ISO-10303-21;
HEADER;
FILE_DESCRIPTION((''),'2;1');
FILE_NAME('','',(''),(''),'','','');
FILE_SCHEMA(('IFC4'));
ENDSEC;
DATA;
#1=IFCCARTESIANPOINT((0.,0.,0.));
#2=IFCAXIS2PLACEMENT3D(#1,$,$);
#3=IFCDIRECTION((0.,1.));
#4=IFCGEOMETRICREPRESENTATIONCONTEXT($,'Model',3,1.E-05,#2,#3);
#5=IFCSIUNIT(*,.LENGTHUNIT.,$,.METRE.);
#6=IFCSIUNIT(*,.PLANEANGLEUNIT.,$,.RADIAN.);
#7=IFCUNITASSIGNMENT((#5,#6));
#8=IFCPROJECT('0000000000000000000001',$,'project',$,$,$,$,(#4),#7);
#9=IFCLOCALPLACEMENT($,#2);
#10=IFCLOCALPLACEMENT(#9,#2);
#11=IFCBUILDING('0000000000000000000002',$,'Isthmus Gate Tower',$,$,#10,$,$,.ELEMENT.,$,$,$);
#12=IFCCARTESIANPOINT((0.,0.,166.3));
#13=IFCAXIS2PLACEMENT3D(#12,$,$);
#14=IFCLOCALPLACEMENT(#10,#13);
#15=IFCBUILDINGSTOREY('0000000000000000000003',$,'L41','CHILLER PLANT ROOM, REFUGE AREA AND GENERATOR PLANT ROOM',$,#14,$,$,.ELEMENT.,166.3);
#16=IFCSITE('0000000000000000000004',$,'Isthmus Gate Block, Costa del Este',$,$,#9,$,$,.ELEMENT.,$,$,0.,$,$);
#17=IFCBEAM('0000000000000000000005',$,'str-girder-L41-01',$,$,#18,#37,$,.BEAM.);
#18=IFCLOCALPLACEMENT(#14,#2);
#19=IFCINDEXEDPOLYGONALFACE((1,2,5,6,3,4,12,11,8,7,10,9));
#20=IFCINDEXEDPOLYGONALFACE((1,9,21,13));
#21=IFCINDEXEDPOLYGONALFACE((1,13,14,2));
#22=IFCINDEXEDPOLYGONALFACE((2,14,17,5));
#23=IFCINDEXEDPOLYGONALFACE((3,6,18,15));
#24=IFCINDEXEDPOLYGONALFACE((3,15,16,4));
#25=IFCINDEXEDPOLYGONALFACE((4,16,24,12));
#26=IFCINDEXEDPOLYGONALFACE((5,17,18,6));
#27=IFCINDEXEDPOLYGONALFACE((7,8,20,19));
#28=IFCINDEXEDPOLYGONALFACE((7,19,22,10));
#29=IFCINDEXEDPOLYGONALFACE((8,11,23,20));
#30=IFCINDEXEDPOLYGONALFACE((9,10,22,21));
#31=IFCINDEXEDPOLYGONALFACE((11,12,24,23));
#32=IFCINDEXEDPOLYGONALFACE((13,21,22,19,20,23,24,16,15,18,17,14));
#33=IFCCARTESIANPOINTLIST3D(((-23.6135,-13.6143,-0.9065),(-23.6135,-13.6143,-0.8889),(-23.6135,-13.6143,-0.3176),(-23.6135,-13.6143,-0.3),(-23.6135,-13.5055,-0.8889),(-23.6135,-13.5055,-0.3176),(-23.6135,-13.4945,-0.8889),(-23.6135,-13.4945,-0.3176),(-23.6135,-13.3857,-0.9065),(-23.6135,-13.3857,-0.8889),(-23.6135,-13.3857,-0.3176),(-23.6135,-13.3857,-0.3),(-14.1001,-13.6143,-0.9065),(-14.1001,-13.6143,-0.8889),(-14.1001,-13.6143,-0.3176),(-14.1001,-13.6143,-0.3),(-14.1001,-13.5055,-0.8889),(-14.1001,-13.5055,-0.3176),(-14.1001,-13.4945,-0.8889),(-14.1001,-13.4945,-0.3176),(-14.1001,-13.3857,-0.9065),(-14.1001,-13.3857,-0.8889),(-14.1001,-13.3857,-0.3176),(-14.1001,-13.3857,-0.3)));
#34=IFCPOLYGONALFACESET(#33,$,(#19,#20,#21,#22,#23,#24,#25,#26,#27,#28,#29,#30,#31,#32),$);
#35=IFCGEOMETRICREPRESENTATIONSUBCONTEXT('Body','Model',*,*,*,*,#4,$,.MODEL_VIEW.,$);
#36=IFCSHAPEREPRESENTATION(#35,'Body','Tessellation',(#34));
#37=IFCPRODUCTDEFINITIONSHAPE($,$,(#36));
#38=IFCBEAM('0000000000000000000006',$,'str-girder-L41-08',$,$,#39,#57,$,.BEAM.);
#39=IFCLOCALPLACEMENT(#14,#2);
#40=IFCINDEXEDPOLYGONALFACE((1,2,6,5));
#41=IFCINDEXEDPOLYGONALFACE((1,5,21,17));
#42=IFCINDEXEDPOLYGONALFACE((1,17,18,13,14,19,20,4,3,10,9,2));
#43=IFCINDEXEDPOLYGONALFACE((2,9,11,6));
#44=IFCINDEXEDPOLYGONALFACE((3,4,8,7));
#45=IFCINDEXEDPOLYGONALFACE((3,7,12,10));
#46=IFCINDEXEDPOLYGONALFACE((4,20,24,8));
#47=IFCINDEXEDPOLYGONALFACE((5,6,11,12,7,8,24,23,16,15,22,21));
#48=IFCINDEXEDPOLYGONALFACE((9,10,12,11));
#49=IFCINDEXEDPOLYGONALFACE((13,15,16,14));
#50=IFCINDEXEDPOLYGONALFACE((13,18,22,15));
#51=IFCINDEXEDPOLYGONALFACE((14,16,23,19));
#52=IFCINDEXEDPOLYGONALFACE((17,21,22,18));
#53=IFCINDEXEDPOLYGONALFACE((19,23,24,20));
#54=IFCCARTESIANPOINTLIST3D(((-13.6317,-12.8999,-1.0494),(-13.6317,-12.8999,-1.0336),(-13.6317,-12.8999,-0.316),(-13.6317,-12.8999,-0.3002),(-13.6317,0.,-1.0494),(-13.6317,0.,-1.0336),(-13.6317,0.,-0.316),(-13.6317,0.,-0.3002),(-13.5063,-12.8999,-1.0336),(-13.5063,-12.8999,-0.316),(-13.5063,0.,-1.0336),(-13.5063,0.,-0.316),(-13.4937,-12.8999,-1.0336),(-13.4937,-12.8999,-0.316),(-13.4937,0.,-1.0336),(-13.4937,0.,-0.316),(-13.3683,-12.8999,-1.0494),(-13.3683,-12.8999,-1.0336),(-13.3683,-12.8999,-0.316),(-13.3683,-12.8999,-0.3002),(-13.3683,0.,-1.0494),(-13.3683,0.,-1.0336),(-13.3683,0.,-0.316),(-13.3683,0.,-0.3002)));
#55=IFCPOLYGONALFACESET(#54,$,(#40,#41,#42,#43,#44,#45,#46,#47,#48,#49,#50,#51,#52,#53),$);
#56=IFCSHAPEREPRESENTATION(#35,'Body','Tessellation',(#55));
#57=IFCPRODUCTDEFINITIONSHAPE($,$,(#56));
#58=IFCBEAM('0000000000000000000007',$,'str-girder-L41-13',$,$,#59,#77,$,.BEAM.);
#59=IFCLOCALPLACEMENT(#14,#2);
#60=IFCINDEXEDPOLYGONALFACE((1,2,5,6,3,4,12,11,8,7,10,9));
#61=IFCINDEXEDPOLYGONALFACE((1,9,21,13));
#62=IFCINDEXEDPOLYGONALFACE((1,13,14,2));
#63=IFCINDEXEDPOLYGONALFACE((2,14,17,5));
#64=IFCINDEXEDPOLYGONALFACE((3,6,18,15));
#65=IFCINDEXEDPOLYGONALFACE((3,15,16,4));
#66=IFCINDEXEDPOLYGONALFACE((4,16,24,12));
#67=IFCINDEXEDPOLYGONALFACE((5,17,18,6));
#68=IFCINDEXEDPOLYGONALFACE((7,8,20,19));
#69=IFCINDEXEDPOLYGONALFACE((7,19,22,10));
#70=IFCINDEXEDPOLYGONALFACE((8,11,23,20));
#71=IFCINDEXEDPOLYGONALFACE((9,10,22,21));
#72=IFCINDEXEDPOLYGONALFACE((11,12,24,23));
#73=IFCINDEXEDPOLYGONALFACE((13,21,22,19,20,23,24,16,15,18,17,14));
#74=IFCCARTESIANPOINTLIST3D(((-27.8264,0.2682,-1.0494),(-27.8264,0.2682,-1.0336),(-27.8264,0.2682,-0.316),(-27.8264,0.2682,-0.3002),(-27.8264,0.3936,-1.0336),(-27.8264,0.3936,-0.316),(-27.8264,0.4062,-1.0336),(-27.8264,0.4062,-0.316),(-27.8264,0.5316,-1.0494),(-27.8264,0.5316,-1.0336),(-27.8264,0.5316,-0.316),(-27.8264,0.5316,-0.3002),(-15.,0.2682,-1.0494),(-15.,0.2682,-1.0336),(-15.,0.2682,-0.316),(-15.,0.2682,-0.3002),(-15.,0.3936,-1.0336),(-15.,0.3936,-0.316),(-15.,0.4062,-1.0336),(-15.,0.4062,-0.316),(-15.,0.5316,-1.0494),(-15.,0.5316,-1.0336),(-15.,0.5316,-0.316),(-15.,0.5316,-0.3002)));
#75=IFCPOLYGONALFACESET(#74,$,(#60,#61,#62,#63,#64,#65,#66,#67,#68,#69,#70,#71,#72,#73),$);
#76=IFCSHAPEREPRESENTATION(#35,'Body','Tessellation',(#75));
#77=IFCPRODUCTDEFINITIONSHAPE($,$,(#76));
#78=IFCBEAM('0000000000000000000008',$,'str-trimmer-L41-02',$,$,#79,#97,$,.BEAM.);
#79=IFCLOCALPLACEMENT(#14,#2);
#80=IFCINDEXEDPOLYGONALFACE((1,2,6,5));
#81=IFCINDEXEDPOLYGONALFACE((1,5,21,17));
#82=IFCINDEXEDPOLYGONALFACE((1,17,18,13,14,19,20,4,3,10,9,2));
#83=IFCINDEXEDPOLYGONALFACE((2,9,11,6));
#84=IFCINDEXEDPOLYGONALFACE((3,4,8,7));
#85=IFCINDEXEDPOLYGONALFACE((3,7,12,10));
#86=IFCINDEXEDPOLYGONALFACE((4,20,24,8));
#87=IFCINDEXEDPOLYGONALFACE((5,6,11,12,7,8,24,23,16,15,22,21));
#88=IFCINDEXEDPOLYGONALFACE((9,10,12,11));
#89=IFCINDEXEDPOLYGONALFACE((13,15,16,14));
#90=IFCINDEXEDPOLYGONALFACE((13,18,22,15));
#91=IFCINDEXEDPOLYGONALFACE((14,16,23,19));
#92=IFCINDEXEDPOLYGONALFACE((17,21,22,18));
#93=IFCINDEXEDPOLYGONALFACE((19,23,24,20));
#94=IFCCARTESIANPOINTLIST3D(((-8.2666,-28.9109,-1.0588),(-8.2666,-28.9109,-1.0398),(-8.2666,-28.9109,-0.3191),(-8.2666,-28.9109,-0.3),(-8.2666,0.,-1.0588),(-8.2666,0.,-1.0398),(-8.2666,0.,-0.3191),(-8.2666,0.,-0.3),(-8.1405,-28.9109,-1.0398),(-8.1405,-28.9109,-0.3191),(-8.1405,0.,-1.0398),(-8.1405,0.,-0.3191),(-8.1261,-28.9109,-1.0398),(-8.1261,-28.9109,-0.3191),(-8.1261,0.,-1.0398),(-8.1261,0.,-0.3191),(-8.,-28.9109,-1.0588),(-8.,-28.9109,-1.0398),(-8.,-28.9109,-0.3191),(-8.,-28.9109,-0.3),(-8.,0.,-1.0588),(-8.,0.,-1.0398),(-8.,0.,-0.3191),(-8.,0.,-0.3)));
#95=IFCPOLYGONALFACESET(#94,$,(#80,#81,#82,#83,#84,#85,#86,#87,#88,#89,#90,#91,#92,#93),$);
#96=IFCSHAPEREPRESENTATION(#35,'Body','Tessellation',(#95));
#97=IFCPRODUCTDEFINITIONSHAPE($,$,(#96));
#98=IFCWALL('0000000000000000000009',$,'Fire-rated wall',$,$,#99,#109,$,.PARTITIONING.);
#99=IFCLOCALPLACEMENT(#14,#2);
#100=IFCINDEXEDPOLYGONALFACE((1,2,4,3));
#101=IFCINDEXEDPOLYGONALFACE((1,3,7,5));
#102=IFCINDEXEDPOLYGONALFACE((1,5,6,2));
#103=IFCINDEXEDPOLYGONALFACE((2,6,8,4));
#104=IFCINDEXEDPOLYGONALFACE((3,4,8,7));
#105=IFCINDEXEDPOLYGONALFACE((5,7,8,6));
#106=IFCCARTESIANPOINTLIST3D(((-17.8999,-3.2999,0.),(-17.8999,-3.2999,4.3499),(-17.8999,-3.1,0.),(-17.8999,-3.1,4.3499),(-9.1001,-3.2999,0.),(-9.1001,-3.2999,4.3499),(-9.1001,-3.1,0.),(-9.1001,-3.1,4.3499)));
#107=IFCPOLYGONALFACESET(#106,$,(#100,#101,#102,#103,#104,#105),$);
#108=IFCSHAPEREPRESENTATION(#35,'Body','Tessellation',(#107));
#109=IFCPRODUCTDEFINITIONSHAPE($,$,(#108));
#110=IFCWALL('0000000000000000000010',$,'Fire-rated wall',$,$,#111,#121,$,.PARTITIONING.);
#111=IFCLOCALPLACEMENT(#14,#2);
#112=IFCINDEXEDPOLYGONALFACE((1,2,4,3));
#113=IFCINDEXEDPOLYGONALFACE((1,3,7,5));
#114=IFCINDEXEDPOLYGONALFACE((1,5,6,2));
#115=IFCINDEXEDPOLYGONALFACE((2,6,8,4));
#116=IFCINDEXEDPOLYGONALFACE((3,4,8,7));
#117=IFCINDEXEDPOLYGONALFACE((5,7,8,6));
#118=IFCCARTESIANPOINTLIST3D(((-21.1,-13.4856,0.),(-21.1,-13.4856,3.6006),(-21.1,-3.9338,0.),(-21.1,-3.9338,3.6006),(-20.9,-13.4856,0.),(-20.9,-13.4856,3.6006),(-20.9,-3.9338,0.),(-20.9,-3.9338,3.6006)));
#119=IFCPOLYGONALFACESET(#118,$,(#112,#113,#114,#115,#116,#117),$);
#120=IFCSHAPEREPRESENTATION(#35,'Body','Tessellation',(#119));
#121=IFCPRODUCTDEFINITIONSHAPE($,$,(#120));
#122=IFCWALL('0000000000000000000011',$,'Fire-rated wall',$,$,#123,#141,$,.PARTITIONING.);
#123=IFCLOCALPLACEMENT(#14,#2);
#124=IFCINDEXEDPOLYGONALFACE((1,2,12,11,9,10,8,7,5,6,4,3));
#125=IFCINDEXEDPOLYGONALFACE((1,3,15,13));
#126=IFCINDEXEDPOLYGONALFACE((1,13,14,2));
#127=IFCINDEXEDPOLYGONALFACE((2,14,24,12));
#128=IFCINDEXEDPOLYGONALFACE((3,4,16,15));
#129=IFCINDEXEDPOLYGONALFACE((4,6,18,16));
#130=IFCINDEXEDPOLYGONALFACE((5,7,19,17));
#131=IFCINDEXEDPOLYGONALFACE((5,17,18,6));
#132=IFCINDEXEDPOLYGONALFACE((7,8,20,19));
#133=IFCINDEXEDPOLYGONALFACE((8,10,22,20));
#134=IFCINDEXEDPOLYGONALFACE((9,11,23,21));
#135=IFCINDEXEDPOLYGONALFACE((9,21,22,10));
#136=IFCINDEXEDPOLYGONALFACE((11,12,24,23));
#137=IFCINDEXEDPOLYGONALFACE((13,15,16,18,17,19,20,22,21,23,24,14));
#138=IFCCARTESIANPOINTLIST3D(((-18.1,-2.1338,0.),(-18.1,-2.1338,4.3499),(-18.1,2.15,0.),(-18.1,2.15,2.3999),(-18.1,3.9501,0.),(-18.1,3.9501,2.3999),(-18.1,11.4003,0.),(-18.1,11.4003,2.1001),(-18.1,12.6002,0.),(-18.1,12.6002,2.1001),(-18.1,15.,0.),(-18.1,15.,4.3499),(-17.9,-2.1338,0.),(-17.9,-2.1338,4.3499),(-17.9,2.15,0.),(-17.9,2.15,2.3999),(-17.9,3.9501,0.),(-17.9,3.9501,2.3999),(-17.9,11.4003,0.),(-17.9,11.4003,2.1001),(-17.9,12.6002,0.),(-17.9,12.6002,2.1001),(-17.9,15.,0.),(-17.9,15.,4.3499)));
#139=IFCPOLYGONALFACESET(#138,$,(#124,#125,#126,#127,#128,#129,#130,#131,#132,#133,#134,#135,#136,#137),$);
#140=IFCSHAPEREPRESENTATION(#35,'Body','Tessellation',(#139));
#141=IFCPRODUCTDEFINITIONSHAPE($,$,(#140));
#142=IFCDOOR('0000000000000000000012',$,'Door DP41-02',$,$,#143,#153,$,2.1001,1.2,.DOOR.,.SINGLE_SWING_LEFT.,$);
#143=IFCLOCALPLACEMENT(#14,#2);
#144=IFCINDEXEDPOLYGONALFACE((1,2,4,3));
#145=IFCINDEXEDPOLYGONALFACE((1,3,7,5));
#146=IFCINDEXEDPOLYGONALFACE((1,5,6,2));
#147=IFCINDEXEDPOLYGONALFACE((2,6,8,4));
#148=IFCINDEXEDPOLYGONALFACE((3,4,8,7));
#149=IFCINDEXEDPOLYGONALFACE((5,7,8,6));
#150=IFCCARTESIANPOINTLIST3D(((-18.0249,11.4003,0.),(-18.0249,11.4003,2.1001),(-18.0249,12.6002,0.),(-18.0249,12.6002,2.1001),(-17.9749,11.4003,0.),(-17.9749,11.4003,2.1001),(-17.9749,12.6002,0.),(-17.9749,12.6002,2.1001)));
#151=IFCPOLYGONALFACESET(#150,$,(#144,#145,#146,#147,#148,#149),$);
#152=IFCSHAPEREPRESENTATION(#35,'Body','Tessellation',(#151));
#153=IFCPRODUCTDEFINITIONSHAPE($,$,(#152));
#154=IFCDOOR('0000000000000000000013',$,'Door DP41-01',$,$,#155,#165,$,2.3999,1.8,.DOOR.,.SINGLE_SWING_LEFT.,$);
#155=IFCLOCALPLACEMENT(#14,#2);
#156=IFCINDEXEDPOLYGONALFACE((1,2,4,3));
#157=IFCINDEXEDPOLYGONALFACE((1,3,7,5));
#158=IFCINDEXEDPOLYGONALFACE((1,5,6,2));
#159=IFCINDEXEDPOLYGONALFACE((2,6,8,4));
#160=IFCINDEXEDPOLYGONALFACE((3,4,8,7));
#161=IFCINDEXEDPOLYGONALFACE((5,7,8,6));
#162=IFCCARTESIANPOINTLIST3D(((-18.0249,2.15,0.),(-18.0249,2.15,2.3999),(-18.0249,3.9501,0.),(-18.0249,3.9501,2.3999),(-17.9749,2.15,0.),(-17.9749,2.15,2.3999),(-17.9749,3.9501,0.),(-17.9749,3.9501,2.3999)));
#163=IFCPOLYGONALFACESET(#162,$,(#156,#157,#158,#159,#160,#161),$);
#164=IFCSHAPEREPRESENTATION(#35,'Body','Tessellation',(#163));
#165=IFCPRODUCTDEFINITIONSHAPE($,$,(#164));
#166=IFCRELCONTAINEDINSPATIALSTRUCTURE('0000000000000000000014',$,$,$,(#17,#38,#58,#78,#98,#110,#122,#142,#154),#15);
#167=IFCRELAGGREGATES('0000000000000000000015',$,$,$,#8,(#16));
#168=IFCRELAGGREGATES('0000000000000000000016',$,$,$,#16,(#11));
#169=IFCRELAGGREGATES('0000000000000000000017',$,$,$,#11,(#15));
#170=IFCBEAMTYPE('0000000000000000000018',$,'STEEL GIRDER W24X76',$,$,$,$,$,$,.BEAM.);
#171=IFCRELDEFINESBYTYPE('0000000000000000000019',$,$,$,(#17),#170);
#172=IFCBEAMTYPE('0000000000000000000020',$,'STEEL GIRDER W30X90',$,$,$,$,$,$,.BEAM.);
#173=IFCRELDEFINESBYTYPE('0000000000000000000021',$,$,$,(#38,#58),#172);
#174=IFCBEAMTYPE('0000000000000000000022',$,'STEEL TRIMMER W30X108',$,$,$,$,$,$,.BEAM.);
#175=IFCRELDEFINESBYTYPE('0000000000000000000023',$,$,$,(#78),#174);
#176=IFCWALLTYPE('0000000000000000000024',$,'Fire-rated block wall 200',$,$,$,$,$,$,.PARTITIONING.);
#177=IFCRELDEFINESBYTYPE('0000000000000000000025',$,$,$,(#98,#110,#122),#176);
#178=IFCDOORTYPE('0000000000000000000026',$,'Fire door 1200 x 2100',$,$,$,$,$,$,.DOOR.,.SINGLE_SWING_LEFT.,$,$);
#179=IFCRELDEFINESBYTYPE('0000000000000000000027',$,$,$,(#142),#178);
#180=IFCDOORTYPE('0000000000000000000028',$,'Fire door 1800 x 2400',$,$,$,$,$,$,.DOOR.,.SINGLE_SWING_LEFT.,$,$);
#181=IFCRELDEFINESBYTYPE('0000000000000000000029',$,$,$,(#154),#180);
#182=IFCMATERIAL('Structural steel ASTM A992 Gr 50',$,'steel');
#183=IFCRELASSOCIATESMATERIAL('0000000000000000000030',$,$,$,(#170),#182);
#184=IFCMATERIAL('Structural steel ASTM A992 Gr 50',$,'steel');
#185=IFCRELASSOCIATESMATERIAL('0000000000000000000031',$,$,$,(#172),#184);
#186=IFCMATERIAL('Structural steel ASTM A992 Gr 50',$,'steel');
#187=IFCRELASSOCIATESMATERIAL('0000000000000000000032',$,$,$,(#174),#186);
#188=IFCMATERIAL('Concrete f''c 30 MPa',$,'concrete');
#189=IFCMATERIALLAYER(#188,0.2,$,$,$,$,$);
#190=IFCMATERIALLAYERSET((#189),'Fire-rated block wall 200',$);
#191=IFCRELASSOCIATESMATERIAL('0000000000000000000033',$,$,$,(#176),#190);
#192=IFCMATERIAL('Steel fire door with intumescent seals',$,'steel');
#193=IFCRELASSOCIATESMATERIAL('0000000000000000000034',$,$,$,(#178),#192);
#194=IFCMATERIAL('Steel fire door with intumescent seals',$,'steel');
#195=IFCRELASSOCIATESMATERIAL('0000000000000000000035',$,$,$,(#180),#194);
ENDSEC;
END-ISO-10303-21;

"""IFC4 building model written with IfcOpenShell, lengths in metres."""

from ifc_helpers import new_model, si_unit, direction, frame, frame_2d, origin, origin_2d, place, context, subcontext, project, spatial, rectangle, i_section, extrude, material, layer, layer_set, material_profile, profile_set, type_object, element, fill, save


model = new_model("IFC4")

# Units and contexts
model_context = context("Model", 3, precision=1e-05, world=origin(), true_north=direction((0.0, 1.0)))
body_context = subcontext(model_context, "Body", "Model", "MODEL_VIEW")
ifc_project = project(units=[si_unit("LENGTHUNIT", "METRE"), si_unit("PLANEANGLEUNIT", "RADIAN")], contexts=[model_context])

# Site, building, storey
site_placement = place(None, origin())
site = spatial("IfcSite", under=ifc_project, at=site_placement, Name="Isthmus Gate Block, Costa del Este", CompositionType="ELEMENT", RefElevation=0.0)
building_placement = place(site_placement, origin())
building = spatial("IfcBuilding", under=site, at=building_placement, Name="Isthmus Gate Tower", CompositionType="ELEMENT")
storey_placement = place(building_placement, frame((0.0, 0.0, 166.3)))
storey = spatial("IfcBuildingStorey", under=building, at=storey_placement, Name="L41", Description="CHILLER PLANT ROOM, REFUGE AREA AND GENERATOR PLANT ROOM", CompositionType="ELEMENT", Elevation=166.3)

# Beams
ifc_material_1 = material(Name="Structural steel ASTM A992 Gr 50", Category="steel")
ifc_material_profile_1 = material_profile(ifc_material_1, i_section(OverallWidth=0.2285, OverallDepth=0.6064, WebThickness=0.011, FlangeThickness=0.0176, at=origin_2d()), Name="W24X76")
ifc_profile_set_1 = profile_set([ifc_material_profile_1], Name="Structural steel ASTM A992 Gr 50")
beam_type_1 = type_object("IfcBeamType", Name="STEEL GIRDER W24X76", PredefinedType="BEAM", material=ifc_profile_set_1)
beam_1_placement = place(storey_placement, frame((-23.6135, -13.5, -0.6033), z_axis=(1.0, 0.0, 0.0), x_axis=(0.0, 1.0, 0.0)))
element("IfcBeam", 1, at=beam_1_placement, inside=storey, type_object=beam_type_1, Name="str-girder-L41-01", PredefinedType="BEAM", context=body_context, shape_type="SweptSolid", body=[
    extrude(i_section(OverallWidth=0.2285, OverallDepth=0.6064, WebThickness=0.011, FlangeThickness=0.0176, at=origin_2d()), origin(), (0.0, 0.0, 1.0), 9.5134),
])
ifc_material_2 = material(Name="Structural steel ASTM A992 Gr 50", Category="steel")
ifc_material_profile_2 = material_profile(ifc_material_2, i_section(OverallWidth=0.2634, OverallDepth=0.7493, WebThickness=0.0127, FlangeThickness=0.0159, at=origin_2d()), Name="W30X90")
ifc_profile_set_2 = profile_set([ifc_material_profile_2], Name="Structural steel ASTM A992 Gr 50")
beam_type_2 = type_object("IfcBeamType", Name="STEEL GIRDER W30X90", PredefinedType="BEAM", material=ifc_profile_set_2)
beam_2_placement = place(storey_placement, frame((-13.5, -12.8999, -0.6748), z_axis=(0.0, 1.0, 0.0), x_axis=(-1.0, 0.0, 0.0)))
element("IfcBeam", 2, at=beam_2_placement, inside=storey, type_object=beam_type_2, Name="str-girder-L41-08", PredefinedType="BEAM", context=body_context, shape_type="SweptSolid", body=[
    extrude(i_section(OverallWidth=0.2634, OverallDepth=0.7493, WebThickness=0.0127, FlangeThickness=0.0159, at=origin_2d()), origin(), (0.0, 0.0, 1.0), 12.8999),
])
beam_3_placement = place(storey_placement, frame((-15.0, 0.3999, -0.6748), z_axis=(-1.0, 0.0, 0.0), x_axis=(0.0, -1.0, 0.0)))
element("IfcBeam", 3, at=beam_3_placement, inside=storey, type_object=beam_type_2, Name="str-girder-L41-13", PredefinedType="BEAM", context=body_context, shape_type="SweptSolid", body=[
    extrude(i_section(OverallWidth=0.2634, OverallDepth=0.7493, WebThickness=0.0127, FlangeThickness=0.0159, at=origin_2d()), origin(), (0.0, 0.0, 1.0), 12.8264),
])
ifc_material_3 = material(Name="Structural steel ASTM A992 Gr 50", Category="steel")
ifc_material_profile_3 = material_profile(ifc_material_3, i_section(OverallWidth=0.2666, OverallDepth=0.7588, WebThickness=0.0144, FlangeThickness=0.019, at=origin_2d()), Name="W30X108")
ifc_profile_set_3 = profile_set([ifc_material_profile_3], Name="Structural steel ASTM A992 Gr 50")
beam_type_3 = type_object("IfcBeamType", Name="STEEL TRIMMER W30X108", PredefinedType="BEAM", material=ifc_profile_set_3)
beam_4_placement = place(storey_placement, frame((-8.1333, 0.0, -0.6794), z_axis=(0.0, -1.0, 0.0), x_axis=(1.0, 0.0, 0.0)))
element("IfcBeam", 4, at=beam_4_placement, inside=storey, type_object=beam_type_3, Name="str-trimmer-L41-02", PredefinedType="BEAM", context=body_context, shape_type="SweptSolid", body=[
    extrude(i_section(OverallWidth=0.2666, OverallDepth=0.7588, WebThickness=0.0144, FlangeThickness=0.019, at=origin_2d()), origin(), (0.0, 0.0, 1.0), 28.9109),
])

# Walls
ifc_material_4 = material(Name="Concrete f'c 30 MPa", Category="concrete")
ifc_layer_1 = layer(ifc_material_4, 0.2)
ifc_layer_set_1 = layer_set([ifc_layer_1], Name="Fire-rated block wall 200")
wall_type_1 = type_object("IfcWallType", Name="Fire-rated block wall 200", PredefinedType="PARTITIONING", material=ifc_layer_set_1)
wall_1_placement = place(storey_placement, frame((-17.8999, -3.2, 0.0), z_axis=(0.0, 0.0, 1.0), x_axis=(1.0, 0.0, 0.0)))
element("IfcWall", 5, at=wall_1_placement, inside=storey, type_object=wall_type_1, Name="Fire-rated wall", PredefinedType="PARTITIONING", context=body_context, shape_type="SweptSolid", body=[
    extrude(rectangle(XDim=8.7998, YDim=0.2, at=frame_2d((4.3999, 0.0))), origin(), (0.0, 0.0, 1.0), 4.3499),
])
wall_2_placement = place(storey_placement, frame((-21.0, -13.4856, 0.0), z_axis=(0.0, 0.0, 1.0), x_axis=(0.0, 1.0, 0.0)))
element("IfcWall", 6, at=wall_2_placement, inside=storey, type_object=wall_type_1, Name="Fire-rated wall", PredefinedType="PARTITIONING", context=body_context, shape_type="SweptSolid", body=[
    extrude(rectangle(XDim=9.5518, YDim=0.2, at=frame_2d((4.7759, 0.0))), origin(), (0.0, 0.0, 1.0), 3.6006),
])

# Wall, openings, doors
wall_3_placement = place(storey_placement, frame((-18.0, -2.1338, 0.0), z_axis=(0.0, 0.0, 1.0), x_axis=(0.0, 1.0, 0.0)))
wall_3 = element("IfcWall", 7, at=wall_3_placement, inside=storey, type_object=wall_type_1, Name="Fire-rated wall", PredefinedType="PARTITIONING", context=body_context, shape_type="SweptSolid", body=[
    extrude(rectangle(XDim=17.1338, YDim=0.2, at=frame_2d((8.5669, 0.0))), origin(), (0.0, 0.0, 1.0), 4.3499),
])
opening_1_placement = place(wall_3_placement, frame((4.2839, 0.0, 0.0)))
opening_1 = element("IfcOpeningElement", 8, at=opening_1_placement, cuts=wall_3, PredefinedType="OPENING", context=body_context, shape_type="SweptSolid", body=[
    extrude(rectangle(XDim=1.8, YDim=2.3999, at=frame_2d((0.8999, 1.2))), frame((0.0, 0.1099, 0.0), z_axis=(0.0, -1.0, 0.0), x_axis=(1.0, 0.0, 0.0)), (0.0, 0.0, 1.0), 0.22),
])
opening_2_placement = place(wall_3_placement, frame((13.5339, 0.0, 0.0)))
opening_2 = element("IfcOpeningElement", 9, at=opening_2_placement, cuts=wall_3, PredefinedType="OPENING", context=body_context, shape_type="SweptSolid", body=[
    extrude(rectangle(XDim=1.2, YDim=2.1001, at=frame_2d((0.6001, 1.05))), frame((0.0, 0.1099, 0.0), z_axis=(0.0, -1.0, 0.0), x_axis=(1.0, 0.0, 0.0)), (0.0, 0.0, 1.0), 0.22),
])
ifc_material_5 = material(Name="Steel fire door with intumescent seals", Category="steel")
door_type_1 = type_object("IfcDoorType", Name="Fire door 1200 x 2100", OperationType="SINGLE_SWING_LEFT", PredefinedType="DOOR", material=ifc_material_5)
door_1_placement = place(opening_2_placement, origin())
door_1 = element("IfcDoor", 10, at=door_1_placement, inside=storey, type_object=door_type_1, Name="Door DP41-02", OperationType="SINGLE_SWING_LEFT", OverallHeight=2.1001, OverallWidth=1.2, PredefinedType="DOOR", context=body_context, shape_type="SweptSolid", body=[
    extrude(rectangle(XDim=1.2, YDim=2.1001, at=frame_2d((0.6001, 1.05))), frame((0.0, 0.0249, 0.0), z_axis=(0.0, -1.0, 0.0), x_axis=(1.0, 0.0, 0.0)), (0.0, 0.0, 1.0), 0.05),
])
fill(opening_2, door_1)
ifc_material_6 = material(Name="Steel fire door with intumescent seals", Category="steel")
door_type_2 = type_object("IfcDoorType", Name="Fire door 1800 x 2400", OperationType="SINGLE_SWING_LEFT", PredefinedType="DOOR", material=ifc_material_6)
door_2_placement = place(opening_1_placement, origin())
door_2 = element("IfcDoor", 11, at=door_2_placement, inside=storey, type_object=door_type_2, Name="Door DP41-01", OperationType="SINGLE_SWING_LEFT", OverallHeight=2.3999, OverallWidth=1.8, PredefinedType="DOOR", context=body_context, shape_type="SweptSolid", body=[
    extrude(rectangle(XDim=1.8, YDim=2.3999, at=frame_2d((0.8999, 1.2))), frame((0.0, 0.0249, 0.0), z_axis=(0.0, -1.0, 0.0), x_axis=(1.0, 0.0, 0.0)), (0.0, 0.0, 1.0), 0.05),
])
fill(opening_1, door_2)

save(model, "model.ifc")
